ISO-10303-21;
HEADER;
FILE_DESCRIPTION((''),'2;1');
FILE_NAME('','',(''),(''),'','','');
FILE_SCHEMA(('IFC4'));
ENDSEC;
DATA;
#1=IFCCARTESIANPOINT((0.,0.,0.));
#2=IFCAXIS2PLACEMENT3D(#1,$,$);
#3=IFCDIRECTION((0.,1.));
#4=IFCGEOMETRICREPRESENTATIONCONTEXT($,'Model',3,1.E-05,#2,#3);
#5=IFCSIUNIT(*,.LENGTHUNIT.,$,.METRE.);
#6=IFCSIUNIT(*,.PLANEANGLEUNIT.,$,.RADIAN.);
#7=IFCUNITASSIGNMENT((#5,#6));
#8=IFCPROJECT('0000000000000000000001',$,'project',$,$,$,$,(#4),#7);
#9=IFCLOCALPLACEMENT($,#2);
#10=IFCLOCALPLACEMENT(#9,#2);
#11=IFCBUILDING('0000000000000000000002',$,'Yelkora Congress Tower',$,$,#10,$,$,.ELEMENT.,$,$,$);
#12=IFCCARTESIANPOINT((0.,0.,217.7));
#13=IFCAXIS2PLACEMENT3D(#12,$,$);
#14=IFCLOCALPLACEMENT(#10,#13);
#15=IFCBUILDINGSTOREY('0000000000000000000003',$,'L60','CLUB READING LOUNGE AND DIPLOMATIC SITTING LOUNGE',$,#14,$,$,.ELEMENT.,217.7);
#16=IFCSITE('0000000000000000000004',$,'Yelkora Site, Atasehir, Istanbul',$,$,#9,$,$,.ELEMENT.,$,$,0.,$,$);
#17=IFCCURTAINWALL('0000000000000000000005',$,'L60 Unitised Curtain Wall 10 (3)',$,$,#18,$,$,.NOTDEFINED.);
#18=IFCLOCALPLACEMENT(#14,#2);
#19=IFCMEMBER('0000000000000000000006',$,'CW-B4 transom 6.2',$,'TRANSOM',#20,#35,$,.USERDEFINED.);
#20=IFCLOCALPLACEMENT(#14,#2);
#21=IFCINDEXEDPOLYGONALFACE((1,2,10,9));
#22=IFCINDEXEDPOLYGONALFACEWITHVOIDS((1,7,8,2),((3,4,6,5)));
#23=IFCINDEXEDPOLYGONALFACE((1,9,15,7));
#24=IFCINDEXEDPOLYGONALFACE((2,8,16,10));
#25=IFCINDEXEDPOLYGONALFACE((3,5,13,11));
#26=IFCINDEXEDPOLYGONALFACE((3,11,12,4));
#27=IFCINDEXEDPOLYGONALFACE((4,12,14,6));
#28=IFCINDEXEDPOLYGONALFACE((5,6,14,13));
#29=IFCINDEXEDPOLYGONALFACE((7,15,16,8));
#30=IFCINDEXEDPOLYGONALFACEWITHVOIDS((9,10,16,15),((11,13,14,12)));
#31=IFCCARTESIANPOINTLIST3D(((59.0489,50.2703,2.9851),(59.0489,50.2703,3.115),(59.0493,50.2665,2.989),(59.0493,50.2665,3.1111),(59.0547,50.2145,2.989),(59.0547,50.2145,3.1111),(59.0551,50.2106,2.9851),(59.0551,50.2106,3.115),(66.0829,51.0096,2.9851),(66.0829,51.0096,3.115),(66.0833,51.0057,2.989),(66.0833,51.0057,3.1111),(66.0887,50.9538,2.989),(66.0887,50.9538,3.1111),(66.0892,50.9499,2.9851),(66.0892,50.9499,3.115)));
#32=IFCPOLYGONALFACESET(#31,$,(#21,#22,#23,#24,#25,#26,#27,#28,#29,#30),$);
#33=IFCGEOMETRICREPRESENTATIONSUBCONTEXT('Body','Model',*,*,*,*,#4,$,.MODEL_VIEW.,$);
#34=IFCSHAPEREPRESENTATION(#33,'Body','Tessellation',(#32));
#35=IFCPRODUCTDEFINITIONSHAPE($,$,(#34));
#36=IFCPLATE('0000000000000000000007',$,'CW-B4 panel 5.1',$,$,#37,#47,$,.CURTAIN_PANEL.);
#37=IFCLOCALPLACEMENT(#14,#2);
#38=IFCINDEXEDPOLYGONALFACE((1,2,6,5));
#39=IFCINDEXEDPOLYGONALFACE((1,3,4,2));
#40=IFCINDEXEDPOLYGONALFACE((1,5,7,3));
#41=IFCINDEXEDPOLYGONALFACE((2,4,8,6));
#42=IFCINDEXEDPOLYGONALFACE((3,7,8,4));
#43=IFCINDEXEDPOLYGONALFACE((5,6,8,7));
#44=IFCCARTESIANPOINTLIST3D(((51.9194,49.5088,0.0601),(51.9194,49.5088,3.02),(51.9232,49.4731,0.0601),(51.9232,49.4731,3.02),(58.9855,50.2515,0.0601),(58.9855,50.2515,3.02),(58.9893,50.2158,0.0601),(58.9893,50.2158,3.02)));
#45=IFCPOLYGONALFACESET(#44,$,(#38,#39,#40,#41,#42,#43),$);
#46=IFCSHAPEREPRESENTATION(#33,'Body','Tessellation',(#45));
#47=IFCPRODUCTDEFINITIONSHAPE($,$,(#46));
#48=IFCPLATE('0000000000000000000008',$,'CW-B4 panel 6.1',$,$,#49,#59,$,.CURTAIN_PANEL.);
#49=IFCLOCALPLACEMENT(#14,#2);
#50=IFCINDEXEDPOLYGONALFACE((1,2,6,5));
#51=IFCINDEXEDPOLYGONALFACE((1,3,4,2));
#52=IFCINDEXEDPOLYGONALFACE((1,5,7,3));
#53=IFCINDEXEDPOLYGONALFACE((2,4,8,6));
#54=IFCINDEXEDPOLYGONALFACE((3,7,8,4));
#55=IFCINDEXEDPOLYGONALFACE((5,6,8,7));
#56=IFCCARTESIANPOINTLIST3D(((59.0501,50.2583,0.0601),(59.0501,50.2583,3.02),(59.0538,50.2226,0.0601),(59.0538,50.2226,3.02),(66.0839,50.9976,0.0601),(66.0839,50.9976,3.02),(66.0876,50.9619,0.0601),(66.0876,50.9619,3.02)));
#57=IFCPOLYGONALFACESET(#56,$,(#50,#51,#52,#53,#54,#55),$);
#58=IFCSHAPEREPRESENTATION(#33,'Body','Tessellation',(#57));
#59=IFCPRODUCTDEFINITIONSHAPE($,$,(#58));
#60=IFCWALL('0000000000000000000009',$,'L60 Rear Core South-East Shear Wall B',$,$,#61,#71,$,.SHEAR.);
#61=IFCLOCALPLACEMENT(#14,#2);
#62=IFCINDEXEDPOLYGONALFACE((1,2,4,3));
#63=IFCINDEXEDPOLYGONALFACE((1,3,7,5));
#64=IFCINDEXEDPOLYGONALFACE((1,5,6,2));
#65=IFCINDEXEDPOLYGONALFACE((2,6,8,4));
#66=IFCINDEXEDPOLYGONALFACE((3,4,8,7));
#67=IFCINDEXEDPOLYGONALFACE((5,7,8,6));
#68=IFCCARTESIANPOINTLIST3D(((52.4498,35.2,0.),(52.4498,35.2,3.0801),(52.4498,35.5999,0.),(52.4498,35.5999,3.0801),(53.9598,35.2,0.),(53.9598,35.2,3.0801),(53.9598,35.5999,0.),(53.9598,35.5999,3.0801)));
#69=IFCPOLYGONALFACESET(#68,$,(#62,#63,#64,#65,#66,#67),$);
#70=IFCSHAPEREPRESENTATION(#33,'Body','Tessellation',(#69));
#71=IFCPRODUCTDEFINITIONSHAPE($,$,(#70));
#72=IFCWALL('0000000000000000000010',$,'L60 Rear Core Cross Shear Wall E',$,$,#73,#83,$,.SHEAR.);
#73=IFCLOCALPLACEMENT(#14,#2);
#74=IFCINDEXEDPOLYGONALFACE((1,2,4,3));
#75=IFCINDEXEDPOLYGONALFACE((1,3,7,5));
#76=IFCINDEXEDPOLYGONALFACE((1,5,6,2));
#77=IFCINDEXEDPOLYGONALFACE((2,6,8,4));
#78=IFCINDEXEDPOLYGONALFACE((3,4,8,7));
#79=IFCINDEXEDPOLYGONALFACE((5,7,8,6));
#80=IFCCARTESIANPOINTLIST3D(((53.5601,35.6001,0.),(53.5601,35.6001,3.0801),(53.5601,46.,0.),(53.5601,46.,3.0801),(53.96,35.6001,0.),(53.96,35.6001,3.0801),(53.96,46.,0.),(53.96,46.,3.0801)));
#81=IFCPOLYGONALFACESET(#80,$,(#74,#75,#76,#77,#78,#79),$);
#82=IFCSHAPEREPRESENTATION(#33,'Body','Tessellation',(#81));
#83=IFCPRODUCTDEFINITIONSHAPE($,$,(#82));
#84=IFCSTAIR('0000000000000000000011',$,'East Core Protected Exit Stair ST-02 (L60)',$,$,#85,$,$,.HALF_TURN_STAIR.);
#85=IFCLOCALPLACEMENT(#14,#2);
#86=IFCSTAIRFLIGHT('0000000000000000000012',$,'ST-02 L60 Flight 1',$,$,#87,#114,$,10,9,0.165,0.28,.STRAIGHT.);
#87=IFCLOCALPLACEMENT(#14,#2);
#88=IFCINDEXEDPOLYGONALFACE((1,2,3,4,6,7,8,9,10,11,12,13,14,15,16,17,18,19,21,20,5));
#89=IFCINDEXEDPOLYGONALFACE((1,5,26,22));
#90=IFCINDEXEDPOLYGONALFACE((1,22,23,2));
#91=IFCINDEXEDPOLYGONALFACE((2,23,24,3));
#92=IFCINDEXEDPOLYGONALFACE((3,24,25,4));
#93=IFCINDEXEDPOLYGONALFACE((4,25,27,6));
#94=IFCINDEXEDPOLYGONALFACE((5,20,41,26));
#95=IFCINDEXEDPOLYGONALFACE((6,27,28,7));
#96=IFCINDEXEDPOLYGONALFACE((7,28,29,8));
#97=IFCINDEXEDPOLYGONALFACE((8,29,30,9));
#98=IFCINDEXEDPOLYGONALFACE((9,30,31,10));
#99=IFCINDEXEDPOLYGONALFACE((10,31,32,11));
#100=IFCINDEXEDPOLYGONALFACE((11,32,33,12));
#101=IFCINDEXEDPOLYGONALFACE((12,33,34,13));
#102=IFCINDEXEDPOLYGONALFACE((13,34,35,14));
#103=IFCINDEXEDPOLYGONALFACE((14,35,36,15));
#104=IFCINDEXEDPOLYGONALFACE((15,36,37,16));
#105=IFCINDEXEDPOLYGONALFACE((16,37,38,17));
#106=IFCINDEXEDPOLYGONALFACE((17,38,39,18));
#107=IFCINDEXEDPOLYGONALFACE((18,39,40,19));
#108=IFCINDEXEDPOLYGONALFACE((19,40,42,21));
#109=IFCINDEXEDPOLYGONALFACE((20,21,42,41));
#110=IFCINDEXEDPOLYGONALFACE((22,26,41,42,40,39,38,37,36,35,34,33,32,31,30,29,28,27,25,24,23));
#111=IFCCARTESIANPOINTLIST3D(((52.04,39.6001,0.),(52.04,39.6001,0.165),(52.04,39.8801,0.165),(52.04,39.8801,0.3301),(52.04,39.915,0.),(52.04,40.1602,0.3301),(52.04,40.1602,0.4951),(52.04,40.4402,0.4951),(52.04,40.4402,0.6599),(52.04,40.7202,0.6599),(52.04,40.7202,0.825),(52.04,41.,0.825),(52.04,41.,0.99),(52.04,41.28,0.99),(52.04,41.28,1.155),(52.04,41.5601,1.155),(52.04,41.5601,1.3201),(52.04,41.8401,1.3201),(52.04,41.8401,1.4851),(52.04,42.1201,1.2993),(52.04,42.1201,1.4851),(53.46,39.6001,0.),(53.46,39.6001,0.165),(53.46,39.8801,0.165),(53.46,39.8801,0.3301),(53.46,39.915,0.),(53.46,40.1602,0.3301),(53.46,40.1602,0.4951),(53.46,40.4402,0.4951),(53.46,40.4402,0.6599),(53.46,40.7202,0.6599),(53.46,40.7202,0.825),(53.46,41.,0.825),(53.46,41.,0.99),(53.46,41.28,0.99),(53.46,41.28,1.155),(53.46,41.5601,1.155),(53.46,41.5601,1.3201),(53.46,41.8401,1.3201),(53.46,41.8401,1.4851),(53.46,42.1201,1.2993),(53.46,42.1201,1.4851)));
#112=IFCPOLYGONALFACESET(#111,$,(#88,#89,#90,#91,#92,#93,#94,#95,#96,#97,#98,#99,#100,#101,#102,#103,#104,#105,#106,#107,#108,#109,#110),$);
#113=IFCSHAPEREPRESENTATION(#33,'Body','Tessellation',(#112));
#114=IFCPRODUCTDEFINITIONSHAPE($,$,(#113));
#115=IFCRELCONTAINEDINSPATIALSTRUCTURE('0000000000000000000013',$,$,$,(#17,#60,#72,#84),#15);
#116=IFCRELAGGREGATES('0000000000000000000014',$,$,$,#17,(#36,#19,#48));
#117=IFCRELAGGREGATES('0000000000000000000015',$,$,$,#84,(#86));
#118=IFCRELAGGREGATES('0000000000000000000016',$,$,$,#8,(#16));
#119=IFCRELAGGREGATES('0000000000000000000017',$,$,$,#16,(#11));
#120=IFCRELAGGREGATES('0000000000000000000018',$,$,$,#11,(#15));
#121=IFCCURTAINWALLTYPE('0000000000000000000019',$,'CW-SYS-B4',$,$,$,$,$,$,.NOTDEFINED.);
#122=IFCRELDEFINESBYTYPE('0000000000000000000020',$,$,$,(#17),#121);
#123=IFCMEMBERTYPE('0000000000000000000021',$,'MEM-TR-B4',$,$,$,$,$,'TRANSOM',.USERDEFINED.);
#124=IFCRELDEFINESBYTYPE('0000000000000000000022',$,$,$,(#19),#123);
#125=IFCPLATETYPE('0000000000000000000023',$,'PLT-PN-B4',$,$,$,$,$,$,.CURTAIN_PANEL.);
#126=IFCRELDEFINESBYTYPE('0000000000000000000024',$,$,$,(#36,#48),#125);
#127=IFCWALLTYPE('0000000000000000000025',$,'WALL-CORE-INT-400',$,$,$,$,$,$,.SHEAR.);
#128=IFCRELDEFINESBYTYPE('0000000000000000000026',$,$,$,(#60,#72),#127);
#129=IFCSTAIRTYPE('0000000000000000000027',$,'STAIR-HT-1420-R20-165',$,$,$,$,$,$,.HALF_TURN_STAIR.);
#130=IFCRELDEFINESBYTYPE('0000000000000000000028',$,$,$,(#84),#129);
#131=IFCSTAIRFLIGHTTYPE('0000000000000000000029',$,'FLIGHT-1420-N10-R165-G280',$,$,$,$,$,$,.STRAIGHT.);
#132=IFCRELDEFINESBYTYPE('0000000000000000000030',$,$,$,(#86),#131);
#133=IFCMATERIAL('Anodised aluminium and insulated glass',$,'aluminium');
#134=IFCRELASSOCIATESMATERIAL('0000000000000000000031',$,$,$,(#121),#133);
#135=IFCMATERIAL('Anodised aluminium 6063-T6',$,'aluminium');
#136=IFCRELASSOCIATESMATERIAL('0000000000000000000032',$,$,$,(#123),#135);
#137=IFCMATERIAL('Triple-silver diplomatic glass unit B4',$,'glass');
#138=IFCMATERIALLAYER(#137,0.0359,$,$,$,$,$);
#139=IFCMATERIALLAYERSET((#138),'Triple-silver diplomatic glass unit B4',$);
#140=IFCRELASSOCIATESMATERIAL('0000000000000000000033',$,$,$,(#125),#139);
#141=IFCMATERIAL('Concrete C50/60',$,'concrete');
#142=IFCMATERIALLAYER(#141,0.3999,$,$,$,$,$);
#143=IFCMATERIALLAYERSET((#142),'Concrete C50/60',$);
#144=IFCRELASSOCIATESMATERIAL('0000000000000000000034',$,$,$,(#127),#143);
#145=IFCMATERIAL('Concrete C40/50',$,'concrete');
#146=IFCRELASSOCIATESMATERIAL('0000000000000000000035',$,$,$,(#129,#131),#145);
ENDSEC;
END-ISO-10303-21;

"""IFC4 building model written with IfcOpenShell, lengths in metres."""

from ifc_helpers import new_model, si_unit, direction, frame, frame_2d, origin, origin_2d, place, context, subcontext, project, spatial, polyline, rectangle, hollow_rectangle, outline, extrude, material, layer, layer_set, material_profile, profile_set, type_object, element, aggregate, save


model = new_model("IFC4")

# Units and contexts
model_context = context("Model", 3, precision=1e-05, world=origin(), true_north=direction((0.0, 1.0)))
body_context = subcontext(model_context, "Body", "Model", "MODEL_VIEW")
ifc_project = project(units=[si_unit("LENGTHUNIT", "METRE"), si_unit("PLANEANGLEUNIT", "RADIAN")], contexts=[model_context])

# Site, building, storey
site_placement = place(None, origin())
site = spatial("IfcSite", under=ifc_project, at=site_placement, Name="Yelkora Site, Atasehir, Istanbul", CompositionType="ELEMENT", RefElevation=0.0)
building_placement = place(site_placement, origin())
building = spatial("IfcBuilding", under=site, at=building_placement, Name="Yelkora Congress Tower", CompositionType="ELEMENT")
storey_placement = place(building_placement, frame((0.0, 0.0, 217.7)))
storey = spatial("IfcBuildingStorey", under=building, at=storey_placement, Name="L60", Description="CLUB READING LOUNGE AND DIPLOMATIC SITTING LOUNGE", CompositionType="ELEMENT", Elevation=217.7)

# Curtain wall, member, plates
ifc_material_1 = material(Name="Anodised aluminium and insulated glass", Category="aluminium")
curtain_wall_type = type_object("IfcCurtainWallType", Name="CW-SYS-B4", PredefinedType="NOTDEFINED", material=ifc_material_1)
curtain_wall_placement = place(storey_placement, origin())
curtain_wall = element("IfcCurtainWall", 1, at=curtain_wall_placement, inside=storey, type_object=curtain_wall_type, Name="L60 Unitised Curtain Wall 10 (3)", PredefinedType="NOTDEFINED")
ifc_material_2 = material(Name="Anodised aluminium 6063-T6", Category="aluminium")
ifc_material_profile_1 = material_profile(ifc_material_2, hollow_rectangle(XDim=0.0601, YDim=0.1299, WallThickness=0.0039, at=origin_2d()), Name="ALU 60x130x4")
ifc_profile_set_1 = profile_set([ifc_material_profile_1], Name="Anodised aluminium 6063-T6")
member_type_1 = type_object("IfcMemberType", Name="MEM-TR-B4", ElementType="TRANSOM", PredefinedType="USERDEFINED", material=ifc_profile_set_1)
member_1_placement = place(storey_placement, frame((59.052, 50.2405, 3.05), z_axis=(0.994522, 0.104523, 0.0), x_axis=(-0.104523, 0.994522, 0.0)))
member_1 = element("IfcMember", 2, at=member_1_placement, type_object=member_type_1, Name="CW-B4 transom 6.2", ObjectType="TRANSOM", PredefinedType="USERDEFINED", context=body_context, shape_type="SweptSolid", body=[
    extrude(hollow_rectangle(XDim=0.0601, YDim=0.1299, WallThickness=0.0039, at=origin_2d()), origin(), (0.0, 0.0, 1.0), 7.0728),
])
ifc_material_3 = material(Name="Triple-silver diplomatic glass unit B4", Category="glass")
ifc_layer_1 = layer(ifc_material_3, 0.0359)
ifc_layer_set_1 = layer_set([ifc_layer_1], Name="Triple-silver diplomatic glass unit B4")
plate_type = type_object("IfcPlateType", Name="PLT-PN-B4", PredefinedType="CURTAIN_PANEL", material=ifc_layer_set_1)
plate_1_placement = place(storey_placement, frame((55.4543, 49.8623, 0.0601), z_axis=(0.0, 0.0, 1.0), x_axis=(0.994522, 0.104528, 0.0)))
plate_1 = element("IfcPlate", 3, at=plate_1_placement, type_object=plate_type, Name="CW-B4 panel 5.1", PredefinedType="CURTAIN_PANEL", context=body_context, shape_type="SweptSolid", body=[
    extrude(rectangle(XDim=7.105, YDim=0.0359, at=origin_2d()), origin(), (0.0, 0.0, 1.0), 2.96),
])
plate_2_placement = place(storey_placement, frame((62.5688, 50.6101, 0.0601), z_axis=(0.0, 0.0, 1.0), x_axis=(0.994522, 0.104528, 0.0)))
plate_2 = element("IfcPlate", 4, at=plate_2_placement, type_object=plate_type, Name="CW-B4 panel 6.1", PredefinedType="CURTAIN_PANEL", context=body_context, shape_type="SweptSolid", body=[
    extrude(rectangle(XDim=7.0725, YDim=0.0359, at=origin_2d()), origin(), (0.0, 0.0, 1.0), 2.96),
])
aggregate(curtain_wall, [plate_1, member_1, plate_2])

# Walls
ifc_material_4 = material(Name="Concrete C50/60", Category="concrete")
ifc_layer_2 = layer(ifc_material_4, 0.3999)
ifc_layer_set_2 = layer_set([ifc_layer_2], Name="Concrete C50/60")
wall_type = type_object("IfcWallType", Name="WALL-CORE-INT-400", PredefinedType="SHEAR", material=ifc_layer_set_2)
wall_1_placement = place(storey_placement, frame((52.45, 35.3999, 0.0), z_axis=(0.0, 0.0, 1.0), x_axis=(1.0, 0.0, 0.0)))
element("IfcWall", 5, at=wall_1_placement, inside=storey, type_object=wall_type, Name="L60 Rear Core South-East Shear Wall B", PredefinedType="SHEAR", context=body_context, shape_type="SweptSolid", body=[
    extrude(rectangle(XDim=1.51, YDim=0.3999, at=frame_2d((0.7549, 0.0))), origin(), (0.0, 0.0, 1.0), 3.0801),
])
wall_2_placement = place(storey_placement, frame((53.76, 35.6001, 0.0), z_axis=(0.0, 0.0, 1.0), x_axis=(0.0, 1.0, 0.0)))
element("IfcWall", 6, at=wall_2_placement, inside=storey, type_object=wall_type, Name="L60 Rear Core Cross Shear Wall E", PredefinedType="SHEAR", context=body_context, shape_type="SweptSolid", body=[
    extrude(rectangle(XDim=10.3999, YDim=0.3999, at=frame_2d((5.2, 0.0))), origin(), (0.0, 0.0, 1.0), 3.0801),
])

# Stair, stair flight
ifc_material_5 = material(Name="Concrete C40/50", Category="concrete")
stair_type = type_object("IfcStairType", Name="STAIR-HT-1420-R20-165", PredefinedType="HALF_TURN_STAIR", material=ifc_material_5)
stair_placement = place(storey_placement, origin())
stair = element("IfcStair", 7, at=stair_placement, inside=storey, type_object=stair_type, Name="East Core Protected Exit Stair ST-02 (L60)", PredefinedType="HALF_TURN_STAIR")
stair_flight_type = type_object("IfcStairFlightType", Name="FLIGHT-1420-N10-R165-G280", PredefinedType="STRAIGHT", material=ifc_material_5)
stair_flight_placement = place(storey_placement, frame((52.75, 39.6001, 0.0), z_axis=(0.0, 0.0, 1.0), x_axis=(0.0, 1.0, 0.0)))
stair_flight = element("IfcStairFlight", 8, at=stair_flight_placement, type_object=stair_flight_type, Name="ST-02 L60 Flight 1", NumberOfRisers=10, NumberOfTreads=9, PredefinedType="STRAIGHT", RiserHeight=0.165, TreadLength=0.28, context=body_context, shape_type="SweptSolid", body=[
    extrude(outline(polyline([(0.0, 0.0), (0.0, 0.165), (0.28, 0.165), (0.28, 0.3301), (0.5601, 0.3301), (0.5601, 0.4951), (0.8401, 0.4951), (0.8401, 0.6599), (1.1201, 0.6599), (1.1201, 0.825), (1.3999, 0.825), (1.3999, 0.99), (1.6799, 0.99), (1.6799, 1.155), (1.96, 1.155), (1.96, 1.3201), (2.24, 1.3201), (2.24, 1.4851), (2.52, 1.4851), (2.52, 1.6499), (2.52, 1.2993), (0.3149, 0.0), (0.0, 0.0)])), frame((0.0, 0.71, 0.0), z_axis=(0.0, -1.0, 0.0), x_axis=(1.0, 0.0, 0.0)), (0.0, 0.0, 1.0), 1.4199),
])
aggregate(stair, [stair_flight])

save(model, "model.ifc")
